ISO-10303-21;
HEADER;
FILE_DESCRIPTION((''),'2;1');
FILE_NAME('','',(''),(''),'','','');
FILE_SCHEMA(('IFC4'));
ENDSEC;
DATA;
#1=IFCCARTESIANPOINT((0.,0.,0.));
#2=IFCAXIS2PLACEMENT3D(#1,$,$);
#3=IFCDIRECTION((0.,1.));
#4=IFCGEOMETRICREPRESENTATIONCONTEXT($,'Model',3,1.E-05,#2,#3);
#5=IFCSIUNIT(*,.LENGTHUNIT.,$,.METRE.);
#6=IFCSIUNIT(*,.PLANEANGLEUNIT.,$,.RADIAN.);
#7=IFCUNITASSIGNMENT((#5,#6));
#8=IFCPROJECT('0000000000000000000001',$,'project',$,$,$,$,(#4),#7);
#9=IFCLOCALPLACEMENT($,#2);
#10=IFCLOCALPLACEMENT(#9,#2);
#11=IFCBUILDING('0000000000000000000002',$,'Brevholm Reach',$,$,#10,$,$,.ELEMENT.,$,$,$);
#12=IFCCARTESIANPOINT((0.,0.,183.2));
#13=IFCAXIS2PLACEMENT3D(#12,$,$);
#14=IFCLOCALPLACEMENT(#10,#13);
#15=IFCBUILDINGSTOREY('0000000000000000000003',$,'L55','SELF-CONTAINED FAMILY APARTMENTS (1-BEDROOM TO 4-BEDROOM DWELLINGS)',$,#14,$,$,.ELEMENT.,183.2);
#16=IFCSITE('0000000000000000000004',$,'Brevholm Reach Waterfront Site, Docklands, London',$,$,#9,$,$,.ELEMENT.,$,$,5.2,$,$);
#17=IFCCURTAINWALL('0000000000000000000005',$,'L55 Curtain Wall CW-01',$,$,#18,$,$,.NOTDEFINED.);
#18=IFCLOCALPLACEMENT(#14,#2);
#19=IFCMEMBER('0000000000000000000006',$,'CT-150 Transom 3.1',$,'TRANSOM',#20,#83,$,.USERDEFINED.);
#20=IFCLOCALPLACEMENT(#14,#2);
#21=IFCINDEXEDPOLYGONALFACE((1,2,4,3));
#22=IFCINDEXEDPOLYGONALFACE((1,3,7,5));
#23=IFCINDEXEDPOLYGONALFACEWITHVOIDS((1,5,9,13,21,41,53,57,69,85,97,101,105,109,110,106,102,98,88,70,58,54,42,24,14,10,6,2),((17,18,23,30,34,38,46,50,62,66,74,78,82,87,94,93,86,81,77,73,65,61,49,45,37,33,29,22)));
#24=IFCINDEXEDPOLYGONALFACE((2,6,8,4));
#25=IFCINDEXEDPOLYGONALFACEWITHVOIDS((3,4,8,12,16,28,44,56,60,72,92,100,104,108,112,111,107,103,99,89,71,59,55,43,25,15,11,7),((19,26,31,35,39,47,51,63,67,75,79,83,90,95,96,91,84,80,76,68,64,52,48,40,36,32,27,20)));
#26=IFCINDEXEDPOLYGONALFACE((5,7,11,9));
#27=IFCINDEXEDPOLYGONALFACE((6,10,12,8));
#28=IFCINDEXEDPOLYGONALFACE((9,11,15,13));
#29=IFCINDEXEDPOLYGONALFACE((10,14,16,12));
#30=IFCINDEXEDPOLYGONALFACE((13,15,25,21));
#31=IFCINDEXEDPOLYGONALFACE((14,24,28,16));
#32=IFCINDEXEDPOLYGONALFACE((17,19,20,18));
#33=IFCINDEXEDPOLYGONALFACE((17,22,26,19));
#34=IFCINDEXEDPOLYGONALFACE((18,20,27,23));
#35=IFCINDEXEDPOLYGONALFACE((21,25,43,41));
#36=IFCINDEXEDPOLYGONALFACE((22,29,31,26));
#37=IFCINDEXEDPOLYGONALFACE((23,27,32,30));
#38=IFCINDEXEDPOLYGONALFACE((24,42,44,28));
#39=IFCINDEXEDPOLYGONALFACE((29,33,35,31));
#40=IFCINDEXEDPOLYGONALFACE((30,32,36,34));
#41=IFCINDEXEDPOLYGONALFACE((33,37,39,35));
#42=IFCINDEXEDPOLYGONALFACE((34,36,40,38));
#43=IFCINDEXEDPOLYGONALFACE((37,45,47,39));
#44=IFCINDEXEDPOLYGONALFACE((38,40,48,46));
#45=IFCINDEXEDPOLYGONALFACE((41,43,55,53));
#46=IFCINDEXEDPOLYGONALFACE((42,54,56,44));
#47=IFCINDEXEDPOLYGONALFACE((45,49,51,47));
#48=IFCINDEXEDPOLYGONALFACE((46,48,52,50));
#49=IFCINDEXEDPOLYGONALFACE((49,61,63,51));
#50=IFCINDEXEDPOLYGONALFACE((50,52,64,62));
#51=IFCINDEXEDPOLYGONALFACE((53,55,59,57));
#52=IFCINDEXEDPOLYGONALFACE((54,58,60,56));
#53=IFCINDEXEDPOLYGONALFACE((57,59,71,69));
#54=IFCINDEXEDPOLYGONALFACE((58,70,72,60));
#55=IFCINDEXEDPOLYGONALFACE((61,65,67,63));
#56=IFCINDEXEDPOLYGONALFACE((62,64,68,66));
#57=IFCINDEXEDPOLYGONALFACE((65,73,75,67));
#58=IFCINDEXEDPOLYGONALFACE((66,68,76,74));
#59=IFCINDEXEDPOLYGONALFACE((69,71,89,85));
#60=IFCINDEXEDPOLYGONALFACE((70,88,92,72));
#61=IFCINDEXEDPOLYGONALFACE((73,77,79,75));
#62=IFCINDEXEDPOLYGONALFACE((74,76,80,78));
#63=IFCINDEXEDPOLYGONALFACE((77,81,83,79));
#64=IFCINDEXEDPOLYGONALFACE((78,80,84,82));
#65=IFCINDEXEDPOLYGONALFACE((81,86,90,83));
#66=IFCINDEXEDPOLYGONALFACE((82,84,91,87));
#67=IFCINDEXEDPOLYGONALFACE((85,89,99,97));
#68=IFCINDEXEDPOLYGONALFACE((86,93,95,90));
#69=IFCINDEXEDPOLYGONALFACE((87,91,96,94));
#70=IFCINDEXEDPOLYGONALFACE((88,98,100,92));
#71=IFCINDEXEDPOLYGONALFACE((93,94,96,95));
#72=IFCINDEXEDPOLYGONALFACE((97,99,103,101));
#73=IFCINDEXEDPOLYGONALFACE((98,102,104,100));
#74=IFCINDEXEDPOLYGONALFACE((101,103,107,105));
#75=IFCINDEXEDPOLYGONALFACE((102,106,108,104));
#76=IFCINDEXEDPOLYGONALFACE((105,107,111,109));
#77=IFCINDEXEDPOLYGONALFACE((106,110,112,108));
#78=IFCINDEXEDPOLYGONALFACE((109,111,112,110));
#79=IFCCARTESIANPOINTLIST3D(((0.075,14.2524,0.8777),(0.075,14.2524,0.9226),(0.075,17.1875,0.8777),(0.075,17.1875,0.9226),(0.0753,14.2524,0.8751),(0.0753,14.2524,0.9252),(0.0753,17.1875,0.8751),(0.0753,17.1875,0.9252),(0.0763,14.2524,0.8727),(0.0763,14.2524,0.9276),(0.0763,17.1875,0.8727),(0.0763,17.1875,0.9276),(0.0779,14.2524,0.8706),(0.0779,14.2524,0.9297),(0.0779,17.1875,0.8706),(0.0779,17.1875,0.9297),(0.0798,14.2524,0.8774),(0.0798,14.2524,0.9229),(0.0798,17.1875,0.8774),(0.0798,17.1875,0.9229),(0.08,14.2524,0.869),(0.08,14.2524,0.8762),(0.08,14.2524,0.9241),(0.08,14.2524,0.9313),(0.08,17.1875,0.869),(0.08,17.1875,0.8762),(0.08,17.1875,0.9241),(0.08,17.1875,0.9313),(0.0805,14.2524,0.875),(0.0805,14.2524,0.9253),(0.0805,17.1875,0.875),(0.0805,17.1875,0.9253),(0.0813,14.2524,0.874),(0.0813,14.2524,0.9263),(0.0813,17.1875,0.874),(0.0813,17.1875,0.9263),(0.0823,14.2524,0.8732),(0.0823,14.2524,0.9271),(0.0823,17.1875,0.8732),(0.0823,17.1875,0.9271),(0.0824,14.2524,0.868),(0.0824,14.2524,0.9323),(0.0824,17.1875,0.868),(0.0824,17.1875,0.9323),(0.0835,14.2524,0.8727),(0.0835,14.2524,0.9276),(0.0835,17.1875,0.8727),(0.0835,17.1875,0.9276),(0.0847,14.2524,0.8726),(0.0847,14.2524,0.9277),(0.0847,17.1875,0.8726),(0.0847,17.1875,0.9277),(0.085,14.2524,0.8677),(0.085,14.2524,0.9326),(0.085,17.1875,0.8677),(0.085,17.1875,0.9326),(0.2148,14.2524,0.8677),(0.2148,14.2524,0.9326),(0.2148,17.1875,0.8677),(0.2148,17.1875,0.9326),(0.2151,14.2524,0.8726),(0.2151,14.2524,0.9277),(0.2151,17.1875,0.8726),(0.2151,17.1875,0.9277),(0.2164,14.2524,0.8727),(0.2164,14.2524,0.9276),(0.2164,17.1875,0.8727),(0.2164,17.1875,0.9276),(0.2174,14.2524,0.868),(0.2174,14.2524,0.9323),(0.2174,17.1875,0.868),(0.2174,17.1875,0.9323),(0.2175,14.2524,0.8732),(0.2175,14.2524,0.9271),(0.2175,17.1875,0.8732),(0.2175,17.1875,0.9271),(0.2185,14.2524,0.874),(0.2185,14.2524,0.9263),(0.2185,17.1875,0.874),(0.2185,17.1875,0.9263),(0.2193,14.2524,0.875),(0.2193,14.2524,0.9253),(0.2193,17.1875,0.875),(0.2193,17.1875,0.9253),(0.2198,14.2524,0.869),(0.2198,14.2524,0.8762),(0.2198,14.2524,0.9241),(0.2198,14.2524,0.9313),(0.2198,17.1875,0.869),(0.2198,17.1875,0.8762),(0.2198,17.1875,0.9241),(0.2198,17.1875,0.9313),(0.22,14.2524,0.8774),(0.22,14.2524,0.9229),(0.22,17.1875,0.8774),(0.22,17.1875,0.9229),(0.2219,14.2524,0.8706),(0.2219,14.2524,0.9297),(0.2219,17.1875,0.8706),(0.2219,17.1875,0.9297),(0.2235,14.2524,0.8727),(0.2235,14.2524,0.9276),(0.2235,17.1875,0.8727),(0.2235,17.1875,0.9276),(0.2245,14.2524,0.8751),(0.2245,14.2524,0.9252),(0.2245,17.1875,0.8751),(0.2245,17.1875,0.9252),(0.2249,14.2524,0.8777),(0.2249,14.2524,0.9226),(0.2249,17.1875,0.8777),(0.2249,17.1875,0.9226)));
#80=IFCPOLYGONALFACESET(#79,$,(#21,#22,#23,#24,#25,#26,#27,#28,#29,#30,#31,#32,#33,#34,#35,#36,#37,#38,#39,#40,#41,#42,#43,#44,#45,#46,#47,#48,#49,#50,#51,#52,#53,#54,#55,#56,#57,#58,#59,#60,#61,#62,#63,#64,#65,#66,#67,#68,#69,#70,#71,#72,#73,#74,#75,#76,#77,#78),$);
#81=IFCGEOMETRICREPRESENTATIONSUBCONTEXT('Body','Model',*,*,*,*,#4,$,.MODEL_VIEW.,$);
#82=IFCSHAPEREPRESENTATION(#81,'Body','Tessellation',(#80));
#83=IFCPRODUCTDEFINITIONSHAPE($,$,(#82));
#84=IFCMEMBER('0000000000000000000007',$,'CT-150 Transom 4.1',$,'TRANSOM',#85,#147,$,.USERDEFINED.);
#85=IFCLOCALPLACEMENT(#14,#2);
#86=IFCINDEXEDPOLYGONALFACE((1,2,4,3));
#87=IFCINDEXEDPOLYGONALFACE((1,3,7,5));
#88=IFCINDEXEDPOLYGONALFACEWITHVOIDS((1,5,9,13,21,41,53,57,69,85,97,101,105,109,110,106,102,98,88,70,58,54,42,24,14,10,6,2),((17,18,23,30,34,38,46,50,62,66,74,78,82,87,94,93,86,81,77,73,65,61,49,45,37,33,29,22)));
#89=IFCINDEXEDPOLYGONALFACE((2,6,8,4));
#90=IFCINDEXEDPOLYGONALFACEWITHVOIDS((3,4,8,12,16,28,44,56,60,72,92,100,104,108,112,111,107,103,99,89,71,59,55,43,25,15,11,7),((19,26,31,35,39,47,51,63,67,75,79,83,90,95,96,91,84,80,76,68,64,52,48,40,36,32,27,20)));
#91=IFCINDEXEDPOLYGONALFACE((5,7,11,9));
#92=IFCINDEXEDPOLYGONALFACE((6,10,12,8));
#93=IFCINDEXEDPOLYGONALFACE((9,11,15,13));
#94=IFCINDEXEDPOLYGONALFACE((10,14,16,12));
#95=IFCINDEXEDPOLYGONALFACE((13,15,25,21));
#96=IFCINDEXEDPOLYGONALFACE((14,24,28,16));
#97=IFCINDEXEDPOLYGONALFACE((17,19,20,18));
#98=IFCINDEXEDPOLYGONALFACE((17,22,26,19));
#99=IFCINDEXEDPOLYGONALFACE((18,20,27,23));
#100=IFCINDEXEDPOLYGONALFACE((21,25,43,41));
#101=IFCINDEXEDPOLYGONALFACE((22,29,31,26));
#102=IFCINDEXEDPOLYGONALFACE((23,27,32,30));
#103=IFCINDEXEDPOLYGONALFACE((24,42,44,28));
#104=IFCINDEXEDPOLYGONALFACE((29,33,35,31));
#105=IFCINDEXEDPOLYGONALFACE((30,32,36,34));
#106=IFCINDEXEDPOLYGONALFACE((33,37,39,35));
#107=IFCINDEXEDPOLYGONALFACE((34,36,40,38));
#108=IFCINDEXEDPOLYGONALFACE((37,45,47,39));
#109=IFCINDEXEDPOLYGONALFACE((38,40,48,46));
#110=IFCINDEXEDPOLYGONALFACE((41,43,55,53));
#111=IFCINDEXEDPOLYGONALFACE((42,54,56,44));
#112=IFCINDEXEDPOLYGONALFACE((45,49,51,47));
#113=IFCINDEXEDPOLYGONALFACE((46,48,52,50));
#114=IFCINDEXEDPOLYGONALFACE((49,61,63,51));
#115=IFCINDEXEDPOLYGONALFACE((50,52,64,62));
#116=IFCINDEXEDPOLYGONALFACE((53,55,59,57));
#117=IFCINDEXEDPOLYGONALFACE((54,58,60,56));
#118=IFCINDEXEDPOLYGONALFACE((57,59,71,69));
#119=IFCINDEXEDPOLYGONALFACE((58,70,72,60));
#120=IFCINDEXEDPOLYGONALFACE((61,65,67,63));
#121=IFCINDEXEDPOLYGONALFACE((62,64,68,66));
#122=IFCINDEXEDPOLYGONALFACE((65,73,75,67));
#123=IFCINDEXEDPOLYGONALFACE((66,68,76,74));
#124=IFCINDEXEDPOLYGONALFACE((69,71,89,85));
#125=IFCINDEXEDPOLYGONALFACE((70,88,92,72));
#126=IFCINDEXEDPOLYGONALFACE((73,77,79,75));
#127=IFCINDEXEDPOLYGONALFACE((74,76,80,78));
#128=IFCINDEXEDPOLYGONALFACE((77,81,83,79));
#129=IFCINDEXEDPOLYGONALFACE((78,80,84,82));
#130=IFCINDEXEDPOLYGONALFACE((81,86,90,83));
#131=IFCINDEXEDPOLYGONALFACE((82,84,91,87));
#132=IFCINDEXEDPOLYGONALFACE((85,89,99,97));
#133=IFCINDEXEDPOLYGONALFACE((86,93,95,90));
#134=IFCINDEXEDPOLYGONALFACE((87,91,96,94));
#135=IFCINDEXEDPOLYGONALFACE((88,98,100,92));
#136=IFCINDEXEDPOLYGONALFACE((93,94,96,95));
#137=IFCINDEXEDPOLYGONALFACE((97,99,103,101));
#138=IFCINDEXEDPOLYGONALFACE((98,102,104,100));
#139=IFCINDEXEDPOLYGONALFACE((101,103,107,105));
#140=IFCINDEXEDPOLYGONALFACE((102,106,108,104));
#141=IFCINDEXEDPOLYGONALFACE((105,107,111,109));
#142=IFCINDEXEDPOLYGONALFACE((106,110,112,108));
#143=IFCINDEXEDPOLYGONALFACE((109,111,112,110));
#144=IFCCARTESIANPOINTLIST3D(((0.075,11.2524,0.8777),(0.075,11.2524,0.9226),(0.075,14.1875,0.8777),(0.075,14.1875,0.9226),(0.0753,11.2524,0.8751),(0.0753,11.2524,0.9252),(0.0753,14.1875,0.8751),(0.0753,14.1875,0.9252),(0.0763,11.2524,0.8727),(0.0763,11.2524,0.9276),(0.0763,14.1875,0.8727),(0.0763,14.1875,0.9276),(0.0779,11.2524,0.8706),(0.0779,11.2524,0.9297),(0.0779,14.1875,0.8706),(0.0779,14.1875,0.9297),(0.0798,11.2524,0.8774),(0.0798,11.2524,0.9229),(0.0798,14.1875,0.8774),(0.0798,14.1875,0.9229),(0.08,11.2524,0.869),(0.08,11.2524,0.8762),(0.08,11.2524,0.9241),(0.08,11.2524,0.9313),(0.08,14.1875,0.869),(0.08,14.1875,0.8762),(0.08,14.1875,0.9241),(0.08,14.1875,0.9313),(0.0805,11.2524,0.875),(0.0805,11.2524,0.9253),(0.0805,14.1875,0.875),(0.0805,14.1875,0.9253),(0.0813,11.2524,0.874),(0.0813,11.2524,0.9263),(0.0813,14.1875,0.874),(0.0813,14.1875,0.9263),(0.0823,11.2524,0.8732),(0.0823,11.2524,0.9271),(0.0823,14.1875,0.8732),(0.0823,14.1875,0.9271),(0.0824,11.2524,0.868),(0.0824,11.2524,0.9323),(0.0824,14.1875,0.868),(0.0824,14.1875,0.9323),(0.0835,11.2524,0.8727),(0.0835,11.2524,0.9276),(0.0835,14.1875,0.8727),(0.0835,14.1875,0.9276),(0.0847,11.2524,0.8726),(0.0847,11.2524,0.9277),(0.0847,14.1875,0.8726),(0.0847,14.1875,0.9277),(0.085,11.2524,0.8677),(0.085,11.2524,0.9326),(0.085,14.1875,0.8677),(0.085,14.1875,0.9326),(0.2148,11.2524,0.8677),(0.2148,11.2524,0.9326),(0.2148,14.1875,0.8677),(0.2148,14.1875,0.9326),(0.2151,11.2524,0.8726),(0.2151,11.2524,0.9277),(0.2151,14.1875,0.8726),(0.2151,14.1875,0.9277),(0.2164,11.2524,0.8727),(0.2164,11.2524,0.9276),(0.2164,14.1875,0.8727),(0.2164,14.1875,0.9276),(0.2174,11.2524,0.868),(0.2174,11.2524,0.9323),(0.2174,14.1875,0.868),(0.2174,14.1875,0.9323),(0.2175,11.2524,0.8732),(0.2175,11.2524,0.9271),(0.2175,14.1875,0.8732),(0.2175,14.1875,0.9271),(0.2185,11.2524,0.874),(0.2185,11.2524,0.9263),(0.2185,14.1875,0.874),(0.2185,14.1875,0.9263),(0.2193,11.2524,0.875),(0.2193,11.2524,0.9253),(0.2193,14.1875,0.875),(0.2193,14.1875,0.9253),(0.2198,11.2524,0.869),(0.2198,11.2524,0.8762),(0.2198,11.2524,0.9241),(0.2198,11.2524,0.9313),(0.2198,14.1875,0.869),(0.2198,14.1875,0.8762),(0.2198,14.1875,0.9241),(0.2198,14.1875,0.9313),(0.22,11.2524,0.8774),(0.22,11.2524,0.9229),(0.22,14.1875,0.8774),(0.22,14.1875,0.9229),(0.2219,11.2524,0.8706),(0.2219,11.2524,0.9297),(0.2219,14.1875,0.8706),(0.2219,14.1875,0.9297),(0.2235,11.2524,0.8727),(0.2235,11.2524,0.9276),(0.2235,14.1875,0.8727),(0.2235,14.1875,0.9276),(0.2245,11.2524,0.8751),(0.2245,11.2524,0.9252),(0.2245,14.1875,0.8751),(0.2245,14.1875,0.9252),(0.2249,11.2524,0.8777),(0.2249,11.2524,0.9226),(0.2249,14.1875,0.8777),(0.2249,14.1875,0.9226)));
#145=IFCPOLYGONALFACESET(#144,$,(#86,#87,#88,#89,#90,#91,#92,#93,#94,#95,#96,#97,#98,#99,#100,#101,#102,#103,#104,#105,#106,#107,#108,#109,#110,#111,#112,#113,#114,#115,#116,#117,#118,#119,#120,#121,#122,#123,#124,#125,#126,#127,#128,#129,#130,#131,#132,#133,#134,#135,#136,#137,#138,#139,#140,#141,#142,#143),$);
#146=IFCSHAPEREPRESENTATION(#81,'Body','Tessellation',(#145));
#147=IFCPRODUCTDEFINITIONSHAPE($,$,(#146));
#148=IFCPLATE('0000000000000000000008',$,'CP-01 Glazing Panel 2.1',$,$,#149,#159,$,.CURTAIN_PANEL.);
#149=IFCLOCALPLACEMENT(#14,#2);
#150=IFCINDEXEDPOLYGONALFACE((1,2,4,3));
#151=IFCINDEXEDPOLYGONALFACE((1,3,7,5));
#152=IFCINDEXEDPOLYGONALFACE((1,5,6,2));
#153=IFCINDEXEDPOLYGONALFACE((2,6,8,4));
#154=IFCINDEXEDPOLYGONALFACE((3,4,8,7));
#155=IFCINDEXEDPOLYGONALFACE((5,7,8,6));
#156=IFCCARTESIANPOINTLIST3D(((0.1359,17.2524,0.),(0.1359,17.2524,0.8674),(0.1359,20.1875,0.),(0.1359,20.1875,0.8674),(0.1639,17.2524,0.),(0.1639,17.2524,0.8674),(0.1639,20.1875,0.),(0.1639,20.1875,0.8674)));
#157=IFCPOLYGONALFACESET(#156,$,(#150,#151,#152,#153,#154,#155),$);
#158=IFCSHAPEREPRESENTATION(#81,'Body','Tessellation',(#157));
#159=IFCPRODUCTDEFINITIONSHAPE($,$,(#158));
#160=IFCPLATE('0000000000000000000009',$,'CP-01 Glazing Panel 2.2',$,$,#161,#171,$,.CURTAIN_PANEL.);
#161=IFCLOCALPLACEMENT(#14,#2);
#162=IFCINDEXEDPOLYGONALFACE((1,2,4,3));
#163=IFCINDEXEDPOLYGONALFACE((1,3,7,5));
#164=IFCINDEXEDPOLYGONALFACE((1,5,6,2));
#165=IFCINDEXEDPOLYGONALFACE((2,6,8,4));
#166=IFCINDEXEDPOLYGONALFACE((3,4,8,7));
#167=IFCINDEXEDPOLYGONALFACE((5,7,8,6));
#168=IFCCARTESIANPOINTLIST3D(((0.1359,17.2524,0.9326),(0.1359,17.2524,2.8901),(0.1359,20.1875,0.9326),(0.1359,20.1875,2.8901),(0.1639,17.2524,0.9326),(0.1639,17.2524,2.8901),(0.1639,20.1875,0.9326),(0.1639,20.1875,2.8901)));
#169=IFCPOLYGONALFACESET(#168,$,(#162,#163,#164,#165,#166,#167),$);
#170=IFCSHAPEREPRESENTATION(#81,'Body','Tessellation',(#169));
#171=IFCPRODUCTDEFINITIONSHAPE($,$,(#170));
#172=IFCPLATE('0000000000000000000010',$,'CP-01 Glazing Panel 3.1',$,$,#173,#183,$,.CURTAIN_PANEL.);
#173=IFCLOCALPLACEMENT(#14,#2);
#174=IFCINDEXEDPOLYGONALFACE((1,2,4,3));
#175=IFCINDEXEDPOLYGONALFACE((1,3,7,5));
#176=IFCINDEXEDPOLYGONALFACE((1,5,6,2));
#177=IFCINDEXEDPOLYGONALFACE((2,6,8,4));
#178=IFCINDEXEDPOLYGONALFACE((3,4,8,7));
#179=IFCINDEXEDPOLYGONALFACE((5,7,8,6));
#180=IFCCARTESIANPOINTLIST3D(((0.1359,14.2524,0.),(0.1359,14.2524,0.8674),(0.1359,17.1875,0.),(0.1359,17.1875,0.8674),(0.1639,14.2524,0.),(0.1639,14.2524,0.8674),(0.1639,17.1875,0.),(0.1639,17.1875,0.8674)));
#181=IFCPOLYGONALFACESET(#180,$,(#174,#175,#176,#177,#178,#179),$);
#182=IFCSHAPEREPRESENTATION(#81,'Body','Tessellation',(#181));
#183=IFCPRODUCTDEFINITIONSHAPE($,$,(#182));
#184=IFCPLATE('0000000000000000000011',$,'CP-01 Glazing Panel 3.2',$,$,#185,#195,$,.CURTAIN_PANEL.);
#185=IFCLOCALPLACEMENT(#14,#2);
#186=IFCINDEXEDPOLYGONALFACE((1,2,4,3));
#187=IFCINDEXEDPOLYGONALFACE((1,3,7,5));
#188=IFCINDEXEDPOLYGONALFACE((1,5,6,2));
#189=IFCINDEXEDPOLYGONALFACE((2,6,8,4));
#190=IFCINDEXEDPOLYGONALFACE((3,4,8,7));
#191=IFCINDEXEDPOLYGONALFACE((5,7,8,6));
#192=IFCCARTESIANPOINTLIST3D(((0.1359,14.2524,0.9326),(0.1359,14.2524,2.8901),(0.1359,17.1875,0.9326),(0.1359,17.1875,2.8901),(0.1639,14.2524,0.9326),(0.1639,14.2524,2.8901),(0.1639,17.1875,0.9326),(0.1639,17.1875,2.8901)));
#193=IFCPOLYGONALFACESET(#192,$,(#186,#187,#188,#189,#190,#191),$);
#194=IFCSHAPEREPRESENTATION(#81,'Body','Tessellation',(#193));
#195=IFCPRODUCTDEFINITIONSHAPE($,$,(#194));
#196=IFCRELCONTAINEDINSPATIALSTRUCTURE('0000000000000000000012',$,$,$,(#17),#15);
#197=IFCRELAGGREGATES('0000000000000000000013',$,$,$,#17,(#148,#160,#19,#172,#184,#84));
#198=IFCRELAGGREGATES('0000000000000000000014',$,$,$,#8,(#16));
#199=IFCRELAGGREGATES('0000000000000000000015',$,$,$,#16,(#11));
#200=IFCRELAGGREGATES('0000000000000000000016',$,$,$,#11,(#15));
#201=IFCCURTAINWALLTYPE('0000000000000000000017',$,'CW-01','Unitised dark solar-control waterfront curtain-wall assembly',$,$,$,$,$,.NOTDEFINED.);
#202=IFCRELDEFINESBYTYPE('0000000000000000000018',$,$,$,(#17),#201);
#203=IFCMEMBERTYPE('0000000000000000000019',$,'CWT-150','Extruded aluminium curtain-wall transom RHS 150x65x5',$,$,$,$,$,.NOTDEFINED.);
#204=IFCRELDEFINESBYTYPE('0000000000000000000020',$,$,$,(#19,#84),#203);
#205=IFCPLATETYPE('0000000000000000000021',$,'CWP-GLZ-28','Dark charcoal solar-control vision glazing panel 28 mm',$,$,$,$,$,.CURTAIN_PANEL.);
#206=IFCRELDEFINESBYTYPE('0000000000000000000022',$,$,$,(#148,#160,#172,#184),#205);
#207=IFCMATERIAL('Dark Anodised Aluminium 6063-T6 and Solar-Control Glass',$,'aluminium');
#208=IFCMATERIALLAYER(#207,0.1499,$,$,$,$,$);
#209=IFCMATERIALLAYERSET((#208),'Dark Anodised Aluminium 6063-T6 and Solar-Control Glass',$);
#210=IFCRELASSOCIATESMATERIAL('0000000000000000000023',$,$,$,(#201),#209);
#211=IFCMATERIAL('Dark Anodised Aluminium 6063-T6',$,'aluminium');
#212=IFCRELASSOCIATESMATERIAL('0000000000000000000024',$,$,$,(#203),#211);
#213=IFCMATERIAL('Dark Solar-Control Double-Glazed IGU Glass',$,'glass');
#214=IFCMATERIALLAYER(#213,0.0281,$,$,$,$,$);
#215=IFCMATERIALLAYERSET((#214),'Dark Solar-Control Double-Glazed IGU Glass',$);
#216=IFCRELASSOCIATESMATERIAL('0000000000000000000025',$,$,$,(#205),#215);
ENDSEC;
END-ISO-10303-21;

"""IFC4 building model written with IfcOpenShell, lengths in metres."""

from ifc_helpers import new_model, si_unit, direction, frame, origin, origin_2d, place, context, subcontext, project, spatial, rectangle, hollow_rectangle, extrude, material, layer, layer_set, material_profile, profile_set, type_object, element, aggregate, save


model = new_model("IFC4")

# Units and contexts
model_context = context("Model", 3, precision=1e-05, world=origin(), true_north=direction((0.0, 1.0)))
body_context = subcontext(model_context, "Body", "Model", "MODEL_VIEW")
ifc_project = project(units=[si_unit("LENGTHUNIT", "METRE"), si_unit("PLANEANGLEUNIT", "RADIAN")], contexts=[model_context])

# Site, building, storey
site_placement = place(None, origin())
site = spatial("IfcSite", under=ifc_project, at=site_placement, Name="Brevholm Reach Waterfront Site, Docklands, London", CompositionType="ELEMENT", RefElevation=5.2)
building_placement = place(site_placement, origin())
building = spatial("IfcBuilding", under=site, at=building_placement, Name="Brevholm Reach", CompositionType="ELEMENT")
storey_placement = place(building_placement, frame((0.0, 0.0, 183.2)))
storey = spatial("IfcBuildingStorey", under=building, at=storey_placement, Name="L55", Description="SELF-CONTAINED FAMILY APARTMENTS (1-BEDROOM TO 4-BEDROOM DWELLINGS)", CompositionType="ELEMENT", Elevation=183.2)

# Curtain wall, members, plates
ifc_material_1 = material(Name="Dark Anodised Aluminium 6063-T6 and Solar-Control Glass", Category="aluminium")
ifc_layer_1 = layer(ifc_material_1, 0.1499)
ifc_layer_set_1 = layer_set([ifc_layer_1], Name="Dark Anodised Aluminium 6063-T6 and Solar-Control Glass")
curtain_wall_type = type_object("IfcCurtainWallType", Name="CW-01", Description="Unitised dark solar-control waterfront curtain-wall assembly", PredefinedType="NOTDEFINED", material=ifc_layer_set_1)
curtain_wall_placement = place(storey_placement, origin())
curtain_wall = element("IfcCurtainWall", 1, at=curtain_wall_placement, inside=storey, type_object=curtain_wall_type, Name="L55 Curtain Wall CW-01", PredefinedType="NOTDEFINED")
ifc_material_2 = material(Name="Dark Anodised Aluminium 6063-T6", Category="aluminium")
ifc_material_profile_1 = material_profile(ifc_material_2, hollow_rectangle(XDim=0.0649, YDim=0.1499, WallThickness=0.0049, InnerFilletRadius=0.0049, OuterFilletRadius=0.01, at=origin_2d()), Name="RHS 150x65x5")
ifc_profile_set_1 = profile_set([ifc_material_profile_1], Name="Dark Anodised Aluminium 6063-T6")
member_type_1 = type_object("IfcMemberType", Name="CWT-150", Description="Extruded aluminium curtain-wall transom RHS 150x65x5", PredefinedType="NOTDEFINED", material=ifc_profile_set_1)
member_1_placement = place(storey_placement, frame((0.1499, 17.1875, 0.9001), z_axis=(0.0, -1.0, 0.0), x_axis=(0.0, 0.0, 1.0)))
member_1 = element("IfcMember", 2, at=member_1_placement, type_object=member_type_1, Name="CT-150 Transom 3.1", ObjectType="TRANSOM", PredefinedType="USERDEFINED", context=body_context, shape_type="SweptSolid", body=[
    extrude(hollow_rectangle(XDim=0.0649, YDim=0.1499, WallThickness=0.0049, InnerFilletRadius=0.0049, OuterFilletRadius=0.01, at=origin_2d()), origin(), (0.0, 0.0, 1.0), 2.9351),
])
member_2_placement = place(storey_placement, frame((0.1499, 14.1875, 0.9001), z_axis=(0.0, -1.0, 0.0), x_axis=(0.0, 0.0, 1.0)))
member_2 = element("IfcMember", 3, at=member_2_placement, type_object=member_type_1, Name="CT-150 Transom 4.1", ObjectType="TRANSOM", PredefinedType="USERDEFINED", context=body_context, shape_type="SweptSolid", body=[
    extrude(hollow_rectangle(XDim=0.0649, YDim=0.1499, WallThickness=0.0049, InnerFilletRadius=0.0049, OuterFilletRadius=0.01, at=origin_2d()), origin(), (0.0, 0.0, 1.0), 2.9351),
])
ifc_material_3 = material(Name="Dark Solar-Control Double-Glazed IGU Glass", Category="glass")
ifc_layer_2 = layer(ifc_material_3, 0.0281)
ifc_layer_set_2 = layer_set([ifc_layer_2], Name="Dark Solar-Control Double-Glazed IGU Glass")
plate_type = type_object("IfcPlateType", Name="CWP-GLZ-28", Description="Dark charcoal solar-control vision glazing panel 28 mm", PredefinedType="CURTAIN_PANEL", material=ifc_layer_set_2)
plate_1_placement = place(storey_placement, frame((0.1499, 18.72, 0.0), z_axis=(0.0, 0.0, 1.0), x_axis=(0.0, -1.0, 0.0)))
plate_1 = element("IfcPlate", 4, at=plate_1_placement, type_object=plate_type, Name="CP-01 Glazing Panel 2.1", PredefinedType="CURTAIN_PANEL", context=body_context, shape_type="SweptSolid", body=[
    extrude(rectangle(XDim=2.9351, YDim=0.0281, at=origin_2d()), origin(), (0.0, 0.0, 1.0), 0.8674),
])
plate_2_placement = place(storey_placement, frame((0.1499, 18.72, 0.9326), z_axis=(0.0, 0.0, 1.0), x_axis=(0.0, -1.0, 0.0)))
plate_2 = element("IfcPlate", 5, at=plate_2_placement, type_object=plate_type, Name="CP-01 Glazing Panel 2.2", PredefinedType="CURTAIN_PANEL", context=body_context, shape_type="SweptSolid", body=[
    extrude(rectangle(XDim=2.9351, YDim=0.0281, at=origin_2d()), origin(), (0.0, 0.0, 1.0), 1.9575),
])
plate_3_placement = place(storey_placement, frame((0.1499, 15.72, 0.0), z_axis=(0.0, 0.0, 1.0), x_axis=(0.0, -1.0, 0.0)))
plate_3 = element("IfcPlate", 6, at=plate_3_placement, type_object=plate_type, Name="CP-01 Glazing Panel 3.1", PredefinedType="CURTAIN_PANEL", context=body_context, shape_type="SweptSolid", body=[
    extrude(rectangle(XDim=2.9351, YDim=0.0281, at=origin_2d()), origin(), (0.0, 0.0, 1.0), 0.8674),
])
plate_4_placement = place(storey_placement, frame((0.1499, 15.72, 0.9326), z_axis=(0.0, 0.0, 1.0), x_axis=(0.0, -1.0, 0.0)))
plate_4 = element("IfcPlate", 7, at=plate_4_placement, type_object=plate_type, Name="CP-01 Glazing Panel 3.2", PredefinedType="CURTAIN_PANEL", context=body_context, shape_type="SweptSolid", body=[
    extrude(rectangle(XDim=2.9351, YDim=0.0281, at=origin_2d()), origin(), (0.0, 0.0, 1.0), 1.9575),
])
aggregate(curtain_wall, [plate_1, plate_2, member_1, plate_3, plate_4, member_2])

save(model, "model.ifc")
